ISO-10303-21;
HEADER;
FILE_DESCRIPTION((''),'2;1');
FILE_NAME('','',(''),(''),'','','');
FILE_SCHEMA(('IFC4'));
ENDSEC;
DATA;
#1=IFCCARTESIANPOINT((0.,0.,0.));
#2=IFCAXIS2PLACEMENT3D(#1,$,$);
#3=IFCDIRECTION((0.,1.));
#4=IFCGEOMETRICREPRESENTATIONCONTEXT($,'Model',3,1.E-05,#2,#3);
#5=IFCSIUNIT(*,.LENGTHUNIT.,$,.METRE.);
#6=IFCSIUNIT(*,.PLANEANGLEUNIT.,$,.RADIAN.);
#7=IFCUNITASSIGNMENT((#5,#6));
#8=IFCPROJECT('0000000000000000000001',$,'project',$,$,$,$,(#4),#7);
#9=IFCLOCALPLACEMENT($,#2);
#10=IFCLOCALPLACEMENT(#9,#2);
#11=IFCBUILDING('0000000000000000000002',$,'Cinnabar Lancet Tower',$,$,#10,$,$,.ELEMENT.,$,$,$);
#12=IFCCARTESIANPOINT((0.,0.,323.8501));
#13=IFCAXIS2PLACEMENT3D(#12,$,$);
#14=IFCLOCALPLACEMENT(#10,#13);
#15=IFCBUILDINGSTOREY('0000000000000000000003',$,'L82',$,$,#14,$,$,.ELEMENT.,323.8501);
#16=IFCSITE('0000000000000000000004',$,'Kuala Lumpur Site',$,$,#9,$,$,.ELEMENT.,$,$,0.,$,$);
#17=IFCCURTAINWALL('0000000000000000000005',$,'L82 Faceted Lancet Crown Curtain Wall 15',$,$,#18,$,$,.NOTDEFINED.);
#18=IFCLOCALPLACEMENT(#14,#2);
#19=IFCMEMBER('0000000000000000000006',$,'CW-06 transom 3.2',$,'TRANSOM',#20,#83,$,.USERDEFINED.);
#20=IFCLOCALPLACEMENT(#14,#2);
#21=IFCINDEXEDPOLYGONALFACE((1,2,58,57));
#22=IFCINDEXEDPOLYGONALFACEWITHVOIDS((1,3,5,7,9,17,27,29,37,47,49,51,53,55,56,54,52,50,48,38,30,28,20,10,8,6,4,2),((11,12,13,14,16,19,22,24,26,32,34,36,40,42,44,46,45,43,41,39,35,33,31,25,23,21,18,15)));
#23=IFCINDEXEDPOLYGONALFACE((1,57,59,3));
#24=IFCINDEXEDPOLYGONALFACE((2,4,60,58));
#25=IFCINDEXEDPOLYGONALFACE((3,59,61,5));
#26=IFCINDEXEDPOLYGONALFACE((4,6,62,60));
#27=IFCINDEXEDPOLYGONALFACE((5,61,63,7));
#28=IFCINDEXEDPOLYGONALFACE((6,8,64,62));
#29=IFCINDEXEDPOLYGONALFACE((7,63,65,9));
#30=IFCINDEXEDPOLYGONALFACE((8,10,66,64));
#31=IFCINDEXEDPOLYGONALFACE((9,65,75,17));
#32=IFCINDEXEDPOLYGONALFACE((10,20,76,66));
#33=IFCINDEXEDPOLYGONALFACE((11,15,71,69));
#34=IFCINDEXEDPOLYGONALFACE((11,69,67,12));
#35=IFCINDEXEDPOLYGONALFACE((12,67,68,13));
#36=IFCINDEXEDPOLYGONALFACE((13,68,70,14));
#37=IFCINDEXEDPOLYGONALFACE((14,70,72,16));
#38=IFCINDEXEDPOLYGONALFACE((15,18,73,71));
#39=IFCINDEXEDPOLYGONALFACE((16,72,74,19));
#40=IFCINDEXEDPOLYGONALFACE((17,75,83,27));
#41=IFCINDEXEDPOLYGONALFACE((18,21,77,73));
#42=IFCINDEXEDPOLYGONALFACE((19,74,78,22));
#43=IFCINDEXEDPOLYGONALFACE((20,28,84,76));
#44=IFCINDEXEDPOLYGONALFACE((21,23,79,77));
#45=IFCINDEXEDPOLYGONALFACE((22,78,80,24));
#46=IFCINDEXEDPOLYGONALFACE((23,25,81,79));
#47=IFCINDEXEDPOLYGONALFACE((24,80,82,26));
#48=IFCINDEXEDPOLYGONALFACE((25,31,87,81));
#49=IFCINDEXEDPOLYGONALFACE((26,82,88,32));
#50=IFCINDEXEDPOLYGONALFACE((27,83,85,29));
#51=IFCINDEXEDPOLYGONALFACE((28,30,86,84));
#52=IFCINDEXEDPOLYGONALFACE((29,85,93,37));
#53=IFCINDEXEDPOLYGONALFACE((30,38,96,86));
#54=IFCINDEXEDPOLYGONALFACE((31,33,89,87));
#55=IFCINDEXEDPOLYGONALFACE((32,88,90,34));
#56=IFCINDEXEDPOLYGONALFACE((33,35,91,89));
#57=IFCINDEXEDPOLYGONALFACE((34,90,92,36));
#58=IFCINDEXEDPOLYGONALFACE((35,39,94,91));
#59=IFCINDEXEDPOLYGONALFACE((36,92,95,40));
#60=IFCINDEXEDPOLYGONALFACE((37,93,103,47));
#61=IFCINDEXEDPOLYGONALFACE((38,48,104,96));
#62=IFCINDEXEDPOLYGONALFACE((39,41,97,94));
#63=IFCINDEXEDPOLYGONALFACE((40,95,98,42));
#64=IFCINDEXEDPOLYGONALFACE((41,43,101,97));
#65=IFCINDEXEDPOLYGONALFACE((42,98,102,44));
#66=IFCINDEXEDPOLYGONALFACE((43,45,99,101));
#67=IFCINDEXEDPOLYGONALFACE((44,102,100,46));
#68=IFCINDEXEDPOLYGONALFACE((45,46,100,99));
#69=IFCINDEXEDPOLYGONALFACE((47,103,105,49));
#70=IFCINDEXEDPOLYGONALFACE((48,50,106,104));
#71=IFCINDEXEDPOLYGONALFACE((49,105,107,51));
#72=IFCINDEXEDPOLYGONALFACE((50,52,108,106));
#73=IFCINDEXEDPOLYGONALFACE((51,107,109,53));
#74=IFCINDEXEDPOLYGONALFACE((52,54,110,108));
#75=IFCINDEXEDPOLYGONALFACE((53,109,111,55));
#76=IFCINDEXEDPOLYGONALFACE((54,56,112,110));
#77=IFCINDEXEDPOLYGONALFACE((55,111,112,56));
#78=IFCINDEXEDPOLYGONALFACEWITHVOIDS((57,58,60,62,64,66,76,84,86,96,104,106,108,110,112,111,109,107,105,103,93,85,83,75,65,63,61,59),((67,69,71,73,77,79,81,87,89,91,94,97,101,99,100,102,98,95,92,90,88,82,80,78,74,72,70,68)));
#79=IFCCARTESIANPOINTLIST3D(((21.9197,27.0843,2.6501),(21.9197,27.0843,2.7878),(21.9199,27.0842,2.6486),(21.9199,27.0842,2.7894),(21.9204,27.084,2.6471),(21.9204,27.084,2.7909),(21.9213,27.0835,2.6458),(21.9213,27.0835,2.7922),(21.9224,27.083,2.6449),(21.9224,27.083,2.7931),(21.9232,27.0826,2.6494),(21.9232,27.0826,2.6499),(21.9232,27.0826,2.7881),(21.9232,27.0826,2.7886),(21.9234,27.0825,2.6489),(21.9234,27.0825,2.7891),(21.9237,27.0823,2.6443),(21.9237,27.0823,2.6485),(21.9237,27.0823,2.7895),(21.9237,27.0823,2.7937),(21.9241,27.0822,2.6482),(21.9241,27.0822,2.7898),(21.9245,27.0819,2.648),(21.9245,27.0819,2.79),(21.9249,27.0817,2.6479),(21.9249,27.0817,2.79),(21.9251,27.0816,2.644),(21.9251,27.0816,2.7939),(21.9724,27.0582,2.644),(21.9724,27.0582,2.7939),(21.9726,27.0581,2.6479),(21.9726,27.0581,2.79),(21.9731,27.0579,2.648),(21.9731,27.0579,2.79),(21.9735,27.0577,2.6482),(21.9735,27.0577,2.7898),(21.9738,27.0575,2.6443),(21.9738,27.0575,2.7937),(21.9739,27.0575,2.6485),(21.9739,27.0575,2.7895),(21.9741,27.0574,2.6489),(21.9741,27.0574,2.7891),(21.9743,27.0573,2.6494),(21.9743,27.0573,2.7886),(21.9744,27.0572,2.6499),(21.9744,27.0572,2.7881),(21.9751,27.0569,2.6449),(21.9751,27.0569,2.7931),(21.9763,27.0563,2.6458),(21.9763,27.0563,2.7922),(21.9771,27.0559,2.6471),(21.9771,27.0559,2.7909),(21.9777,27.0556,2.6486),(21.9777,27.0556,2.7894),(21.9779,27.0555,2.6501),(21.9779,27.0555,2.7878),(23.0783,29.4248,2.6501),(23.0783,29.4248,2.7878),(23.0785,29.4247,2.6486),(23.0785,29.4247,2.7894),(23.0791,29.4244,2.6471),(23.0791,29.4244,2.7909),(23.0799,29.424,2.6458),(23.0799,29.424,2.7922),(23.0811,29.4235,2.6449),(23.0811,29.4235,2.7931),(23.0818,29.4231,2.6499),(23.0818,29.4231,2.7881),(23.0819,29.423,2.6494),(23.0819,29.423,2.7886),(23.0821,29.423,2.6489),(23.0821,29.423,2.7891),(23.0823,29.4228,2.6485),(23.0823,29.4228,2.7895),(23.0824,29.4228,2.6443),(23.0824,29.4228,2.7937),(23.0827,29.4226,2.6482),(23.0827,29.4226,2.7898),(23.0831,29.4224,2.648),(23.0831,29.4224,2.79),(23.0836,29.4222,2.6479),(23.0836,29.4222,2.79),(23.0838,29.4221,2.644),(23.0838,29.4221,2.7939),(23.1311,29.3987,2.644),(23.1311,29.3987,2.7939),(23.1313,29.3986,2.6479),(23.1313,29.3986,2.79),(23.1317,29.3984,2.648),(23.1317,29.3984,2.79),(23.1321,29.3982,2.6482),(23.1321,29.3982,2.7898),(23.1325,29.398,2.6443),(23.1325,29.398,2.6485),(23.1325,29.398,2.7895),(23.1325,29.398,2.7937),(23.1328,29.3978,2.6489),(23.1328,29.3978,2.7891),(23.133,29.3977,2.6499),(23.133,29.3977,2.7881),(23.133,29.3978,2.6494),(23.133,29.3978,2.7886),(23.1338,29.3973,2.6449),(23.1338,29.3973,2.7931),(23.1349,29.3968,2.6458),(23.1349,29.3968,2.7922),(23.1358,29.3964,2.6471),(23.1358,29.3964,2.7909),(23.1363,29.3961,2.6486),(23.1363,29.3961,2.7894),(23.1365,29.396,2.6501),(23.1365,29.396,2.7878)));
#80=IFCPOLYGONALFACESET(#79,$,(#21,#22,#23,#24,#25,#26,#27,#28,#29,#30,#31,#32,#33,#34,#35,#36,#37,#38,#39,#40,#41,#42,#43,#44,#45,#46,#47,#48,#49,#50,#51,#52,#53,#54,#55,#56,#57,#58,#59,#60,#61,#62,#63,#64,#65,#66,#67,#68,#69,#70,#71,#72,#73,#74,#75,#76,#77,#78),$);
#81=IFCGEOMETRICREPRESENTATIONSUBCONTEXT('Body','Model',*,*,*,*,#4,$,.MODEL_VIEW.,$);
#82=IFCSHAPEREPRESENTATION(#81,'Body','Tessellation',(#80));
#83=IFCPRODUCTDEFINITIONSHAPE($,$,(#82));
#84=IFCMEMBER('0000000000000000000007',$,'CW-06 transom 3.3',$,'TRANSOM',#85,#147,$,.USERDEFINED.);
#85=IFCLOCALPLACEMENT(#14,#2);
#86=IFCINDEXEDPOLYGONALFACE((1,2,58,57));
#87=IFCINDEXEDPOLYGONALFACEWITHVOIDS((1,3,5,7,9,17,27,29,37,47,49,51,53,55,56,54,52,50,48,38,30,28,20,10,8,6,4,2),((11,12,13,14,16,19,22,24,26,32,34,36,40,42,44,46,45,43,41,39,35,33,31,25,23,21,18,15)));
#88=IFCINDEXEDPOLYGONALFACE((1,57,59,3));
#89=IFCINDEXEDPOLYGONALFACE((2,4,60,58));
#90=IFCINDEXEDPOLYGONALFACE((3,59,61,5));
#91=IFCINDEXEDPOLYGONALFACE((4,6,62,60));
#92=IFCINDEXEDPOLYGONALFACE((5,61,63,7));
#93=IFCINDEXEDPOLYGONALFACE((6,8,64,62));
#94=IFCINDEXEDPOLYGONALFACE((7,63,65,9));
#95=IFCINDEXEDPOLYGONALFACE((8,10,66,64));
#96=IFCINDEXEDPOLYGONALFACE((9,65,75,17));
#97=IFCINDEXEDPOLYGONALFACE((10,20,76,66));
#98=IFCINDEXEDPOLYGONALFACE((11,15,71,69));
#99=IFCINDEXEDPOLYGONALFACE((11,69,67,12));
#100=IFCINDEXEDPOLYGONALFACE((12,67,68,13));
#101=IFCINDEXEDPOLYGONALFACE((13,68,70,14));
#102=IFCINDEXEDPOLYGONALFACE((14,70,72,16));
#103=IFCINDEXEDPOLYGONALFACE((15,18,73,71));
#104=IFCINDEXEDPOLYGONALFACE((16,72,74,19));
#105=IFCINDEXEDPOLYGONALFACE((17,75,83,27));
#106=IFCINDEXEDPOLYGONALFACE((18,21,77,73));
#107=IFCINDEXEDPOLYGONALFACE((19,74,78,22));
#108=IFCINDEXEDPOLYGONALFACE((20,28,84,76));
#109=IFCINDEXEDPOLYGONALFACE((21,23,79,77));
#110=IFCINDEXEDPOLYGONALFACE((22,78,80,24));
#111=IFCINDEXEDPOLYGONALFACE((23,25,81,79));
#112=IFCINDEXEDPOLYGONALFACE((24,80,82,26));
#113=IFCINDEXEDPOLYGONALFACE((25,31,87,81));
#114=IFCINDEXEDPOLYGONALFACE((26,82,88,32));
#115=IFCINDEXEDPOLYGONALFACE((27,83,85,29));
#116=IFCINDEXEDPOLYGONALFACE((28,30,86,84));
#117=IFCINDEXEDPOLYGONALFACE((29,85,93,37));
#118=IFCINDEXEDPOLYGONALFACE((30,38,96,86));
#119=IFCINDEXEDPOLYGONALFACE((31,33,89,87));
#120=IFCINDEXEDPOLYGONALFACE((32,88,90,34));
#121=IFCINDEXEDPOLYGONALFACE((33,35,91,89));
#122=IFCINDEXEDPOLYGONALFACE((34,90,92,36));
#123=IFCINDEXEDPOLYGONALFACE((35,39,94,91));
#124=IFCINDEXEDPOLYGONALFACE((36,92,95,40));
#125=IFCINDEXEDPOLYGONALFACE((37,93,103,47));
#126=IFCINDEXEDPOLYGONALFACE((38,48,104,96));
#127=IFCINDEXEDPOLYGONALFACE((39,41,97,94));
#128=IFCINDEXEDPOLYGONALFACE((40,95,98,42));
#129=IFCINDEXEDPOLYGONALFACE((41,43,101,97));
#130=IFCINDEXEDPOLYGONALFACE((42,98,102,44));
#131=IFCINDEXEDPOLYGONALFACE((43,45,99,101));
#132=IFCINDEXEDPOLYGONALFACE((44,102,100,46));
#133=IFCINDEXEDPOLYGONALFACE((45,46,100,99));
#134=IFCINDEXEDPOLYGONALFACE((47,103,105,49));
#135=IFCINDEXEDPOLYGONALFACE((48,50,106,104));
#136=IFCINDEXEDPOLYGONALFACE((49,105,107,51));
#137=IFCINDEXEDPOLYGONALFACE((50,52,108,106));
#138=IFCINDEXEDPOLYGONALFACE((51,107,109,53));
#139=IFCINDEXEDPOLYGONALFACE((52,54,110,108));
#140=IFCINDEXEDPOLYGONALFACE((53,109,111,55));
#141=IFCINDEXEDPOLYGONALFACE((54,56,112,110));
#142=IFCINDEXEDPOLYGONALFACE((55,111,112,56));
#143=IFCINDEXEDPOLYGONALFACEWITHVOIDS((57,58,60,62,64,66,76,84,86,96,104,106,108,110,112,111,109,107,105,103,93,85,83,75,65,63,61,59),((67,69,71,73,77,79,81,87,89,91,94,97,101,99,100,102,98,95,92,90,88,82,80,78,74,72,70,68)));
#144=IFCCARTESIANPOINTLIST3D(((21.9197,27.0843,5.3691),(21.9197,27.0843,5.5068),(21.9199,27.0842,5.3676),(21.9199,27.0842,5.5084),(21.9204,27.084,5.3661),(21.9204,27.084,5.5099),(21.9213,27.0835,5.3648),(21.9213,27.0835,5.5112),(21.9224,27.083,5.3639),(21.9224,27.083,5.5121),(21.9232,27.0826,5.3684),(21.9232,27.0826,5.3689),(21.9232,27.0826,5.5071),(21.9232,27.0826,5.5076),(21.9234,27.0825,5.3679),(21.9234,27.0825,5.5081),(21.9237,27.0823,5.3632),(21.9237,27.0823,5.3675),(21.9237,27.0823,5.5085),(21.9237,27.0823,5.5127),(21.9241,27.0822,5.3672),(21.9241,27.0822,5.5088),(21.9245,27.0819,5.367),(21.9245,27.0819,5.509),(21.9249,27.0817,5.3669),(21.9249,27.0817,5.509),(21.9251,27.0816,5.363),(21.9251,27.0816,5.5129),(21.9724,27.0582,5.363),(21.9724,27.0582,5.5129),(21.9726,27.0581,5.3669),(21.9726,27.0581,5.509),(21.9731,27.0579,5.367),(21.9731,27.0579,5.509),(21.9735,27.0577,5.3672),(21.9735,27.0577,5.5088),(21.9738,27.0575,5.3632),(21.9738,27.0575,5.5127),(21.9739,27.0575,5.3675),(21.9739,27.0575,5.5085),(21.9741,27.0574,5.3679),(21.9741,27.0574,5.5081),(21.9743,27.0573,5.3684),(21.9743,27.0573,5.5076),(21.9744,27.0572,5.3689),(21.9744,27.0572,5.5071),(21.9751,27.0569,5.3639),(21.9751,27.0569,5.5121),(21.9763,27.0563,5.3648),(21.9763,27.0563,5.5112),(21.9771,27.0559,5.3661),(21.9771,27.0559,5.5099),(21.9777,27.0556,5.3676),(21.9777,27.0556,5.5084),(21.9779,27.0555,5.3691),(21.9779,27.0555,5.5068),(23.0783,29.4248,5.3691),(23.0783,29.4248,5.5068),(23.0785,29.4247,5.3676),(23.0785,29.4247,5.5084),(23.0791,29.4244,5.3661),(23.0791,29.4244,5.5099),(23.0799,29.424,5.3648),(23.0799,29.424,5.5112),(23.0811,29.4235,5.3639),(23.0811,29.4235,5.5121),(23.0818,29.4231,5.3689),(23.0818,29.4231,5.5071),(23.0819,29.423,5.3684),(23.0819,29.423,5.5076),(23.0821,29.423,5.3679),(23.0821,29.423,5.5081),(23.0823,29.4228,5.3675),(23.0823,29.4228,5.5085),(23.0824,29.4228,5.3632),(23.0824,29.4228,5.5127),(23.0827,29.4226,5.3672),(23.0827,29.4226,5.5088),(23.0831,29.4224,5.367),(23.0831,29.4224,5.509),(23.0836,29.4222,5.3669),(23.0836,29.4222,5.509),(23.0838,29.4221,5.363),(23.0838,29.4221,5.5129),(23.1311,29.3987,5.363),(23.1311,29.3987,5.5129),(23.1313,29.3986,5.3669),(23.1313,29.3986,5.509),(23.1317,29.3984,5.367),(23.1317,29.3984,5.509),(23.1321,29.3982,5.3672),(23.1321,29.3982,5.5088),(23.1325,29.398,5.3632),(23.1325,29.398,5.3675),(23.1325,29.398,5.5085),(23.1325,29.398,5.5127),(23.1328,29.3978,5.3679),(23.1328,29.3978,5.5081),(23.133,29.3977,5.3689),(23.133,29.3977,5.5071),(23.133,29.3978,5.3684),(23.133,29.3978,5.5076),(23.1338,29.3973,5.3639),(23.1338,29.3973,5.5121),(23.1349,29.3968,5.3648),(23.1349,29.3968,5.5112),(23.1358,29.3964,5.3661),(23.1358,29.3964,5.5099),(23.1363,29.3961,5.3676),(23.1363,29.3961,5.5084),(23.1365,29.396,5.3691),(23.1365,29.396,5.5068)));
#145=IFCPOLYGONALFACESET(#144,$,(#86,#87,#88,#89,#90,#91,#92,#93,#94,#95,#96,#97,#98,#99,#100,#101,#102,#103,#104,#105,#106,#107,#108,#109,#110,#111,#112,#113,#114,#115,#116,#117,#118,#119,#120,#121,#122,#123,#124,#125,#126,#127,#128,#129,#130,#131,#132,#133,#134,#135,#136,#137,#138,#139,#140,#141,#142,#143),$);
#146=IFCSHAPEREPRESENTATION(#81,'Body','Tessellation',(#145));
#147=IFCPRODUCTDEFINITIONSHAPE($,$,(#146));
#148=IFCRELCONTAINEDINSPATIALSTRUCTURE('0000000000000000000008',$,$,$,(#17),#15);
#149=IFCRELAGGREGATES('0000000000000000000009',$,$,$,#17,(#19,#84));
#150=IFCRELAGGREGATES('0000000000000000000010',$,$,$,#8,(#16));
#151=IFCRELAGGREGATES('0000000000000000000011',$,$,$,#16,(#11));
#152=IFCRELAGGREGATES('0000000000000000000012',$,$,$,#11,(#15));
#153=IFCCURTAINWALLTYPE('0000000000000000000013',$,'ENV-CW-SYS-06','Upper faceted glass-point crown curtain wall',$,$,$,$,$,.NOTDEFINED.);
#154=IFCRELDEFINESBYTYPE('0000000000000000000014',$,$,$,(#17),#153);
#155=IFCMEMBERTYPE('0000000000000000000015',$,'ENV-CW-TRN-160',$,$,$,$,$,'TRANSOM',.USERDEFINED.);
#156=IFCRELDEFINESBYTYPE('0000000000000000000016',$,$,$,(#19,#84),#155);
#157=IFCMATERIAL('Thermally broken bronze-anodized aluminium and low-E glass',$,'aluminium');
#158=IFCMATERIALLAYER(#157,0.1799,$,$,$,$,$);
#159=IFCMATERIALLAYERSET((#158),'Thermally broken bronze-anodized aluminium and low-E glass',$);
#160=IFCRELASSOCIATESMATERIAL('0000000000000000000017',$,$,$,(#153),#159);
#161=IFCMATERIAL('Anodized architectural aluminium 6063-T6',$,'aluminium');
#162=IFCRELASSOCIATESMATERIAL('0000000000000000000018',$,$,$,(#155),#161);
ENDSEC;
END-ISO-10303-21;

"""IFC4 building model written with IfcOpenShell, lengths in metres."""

from ifc_helpers import new_model, si_unit, direction, frame, origin, origin_2d, place, context, subcontext, project, spatial, hollow_rectangle, extrude, material, layer, layer_set, material_profile, profile_set, type_object, element, aggregate, save


model = new_model("IFC4")

# Units and contexts
model_context = context("Model", 3, precision=1e-05, world=origin(), true_north=direction((0.0, 1.0)))
body_context = subcontext(model_context, "Body", "Model", "MODEL_VIEW")
ifc_project = project(units=[si_unit("LENGTHUNIT", "METRE"), si_unit("PLANEANGLEUNIT", "RADIAN")], contexts=[model_context])

# Site, building, storey
site_placement = place(None, origin())
site = spatial("IfcSite", under=ifc_project, at=site_placement, Name="Kuala Lumpur Site", CompositionType="ELEMENT", RefElevation=0.0)
building_placement = place(site_placement, origin())
building = spatial("IfcBuilding", under=site, at=building_placement, Name="Cinnabar Lancet Tower", CompositionType="ELEMENT")
storey_placement = place(building_placement, frame((0.0, 0.0, 323.8501)))
storey = spatial("IfcBuildingStorey", under=building, at=storey_placement, Name="L82", CompositionType="ELEMENT", Elevation=323.8501)

# Curtain wall, members
ifc_material_1 = material(Name="Thermally broken bronze-anodized aluminium and low-E glass", Category="aluminium")
ifc_layer_1 = layer(ifc_material_1, 0.1799)
ifc_layer_set_1 = layer_set([ifc_layer_1], Name="Thermally broken bronze-anodized aluminium and low-E glass")
curtain_wall_type = type_object("IfcCurtainWallType", Name="ENV-CW-SYS-06", Description="Upper faceted glass-point crown curtain wall", PredefinedType="NOTDEFINED", material=ifc_layer_set_1)
curtain_wall_placement = place(storey_placement, origin())
curtain_wall = element("IfcCurtainWall", 1, at=curtain_wall_placement, inside=storey, type_object=curtain_wall_type, Name="L82 Faceted Lancet Crown Curtain Wall 15", PredefinedType="NOTDEFINED")
ifc_material_2 = material(Name="Anodized architectural aluminium 6063-T6", Category="aluminium")
ifc_material_profile_1 = material_profile(ifc_material_2, hollow_rectangle(XDim=0.0649, YDim=0.1499, WallThickness=0.0039, InnerFilletRadius=0.002, OuterFilletRadius=0.0061, at=origin_2d()), Name="CW-TRN 150x65x4")
ifc_profile_set_1 = profile_set([ifc_material_profile_1], Name="Anodized architectural aluminium 6063-T6")
member_type_1 = type_object("IfcMemberType", Name="ENV-CW-TRN-160", ElementType="TRANSOM", PredefinedType="USERDEFINED", material=ifc_profile_set_1)
member_1_placement = place(storey_placement, frame((23.1074, 29.4104, 2.719), z_axis=(-0.443658, -0.896196, 0.0), x_axis=(0.896196, -0.443658, 0.0)))
member_1 = element("IfcMember", 2, at=member_1_placement, type_object=member_type_1, Name="CW-06 transom 3.2", ObjectType="TRANSOM", PredefinedType="USERDEFINED", context=body_context, shape_type="SweptSolid", body=[
    extrude(hollow_rectangle(XDim=0.0649, YDim=0.1499, WallThickness=0.0039, InnerFilletRadius=0.002, OuterFilletRadius=0.0061, at=origin_2d()), origin(), (0.0, 0.0, 1.0), 2.6116),
])
member_2_placement = place(storey_placement, frame((23.1074, 29.4104, 5.438), z_axis=(-0.443658, -0.896196, 0.0), x_axis=(0.896196, -0.443658, 0.0)))
member_2 = element("IfcMember", 3, at=member_2_placement, type_object=member_type_1, Name="CW-06 transom 3.3", ObjectType="TRANSOM", PredefinedType="USERDEFINED", context=body_context, shape_type="SweptSolid", body=[
    extrude(hollow_rectangle(XDim=0.0649, YDim=0.1499, WallThickness=0.0039, InnerFilletRadius=0.002, OuterFilletRadius=0.0061, at=origin_2d()), origin(), (0.0, 0.0, 1.0), 2.6116),
])

aggregate(curtain_wall, [member_1, member_2])

save(model, "model.ifc")
